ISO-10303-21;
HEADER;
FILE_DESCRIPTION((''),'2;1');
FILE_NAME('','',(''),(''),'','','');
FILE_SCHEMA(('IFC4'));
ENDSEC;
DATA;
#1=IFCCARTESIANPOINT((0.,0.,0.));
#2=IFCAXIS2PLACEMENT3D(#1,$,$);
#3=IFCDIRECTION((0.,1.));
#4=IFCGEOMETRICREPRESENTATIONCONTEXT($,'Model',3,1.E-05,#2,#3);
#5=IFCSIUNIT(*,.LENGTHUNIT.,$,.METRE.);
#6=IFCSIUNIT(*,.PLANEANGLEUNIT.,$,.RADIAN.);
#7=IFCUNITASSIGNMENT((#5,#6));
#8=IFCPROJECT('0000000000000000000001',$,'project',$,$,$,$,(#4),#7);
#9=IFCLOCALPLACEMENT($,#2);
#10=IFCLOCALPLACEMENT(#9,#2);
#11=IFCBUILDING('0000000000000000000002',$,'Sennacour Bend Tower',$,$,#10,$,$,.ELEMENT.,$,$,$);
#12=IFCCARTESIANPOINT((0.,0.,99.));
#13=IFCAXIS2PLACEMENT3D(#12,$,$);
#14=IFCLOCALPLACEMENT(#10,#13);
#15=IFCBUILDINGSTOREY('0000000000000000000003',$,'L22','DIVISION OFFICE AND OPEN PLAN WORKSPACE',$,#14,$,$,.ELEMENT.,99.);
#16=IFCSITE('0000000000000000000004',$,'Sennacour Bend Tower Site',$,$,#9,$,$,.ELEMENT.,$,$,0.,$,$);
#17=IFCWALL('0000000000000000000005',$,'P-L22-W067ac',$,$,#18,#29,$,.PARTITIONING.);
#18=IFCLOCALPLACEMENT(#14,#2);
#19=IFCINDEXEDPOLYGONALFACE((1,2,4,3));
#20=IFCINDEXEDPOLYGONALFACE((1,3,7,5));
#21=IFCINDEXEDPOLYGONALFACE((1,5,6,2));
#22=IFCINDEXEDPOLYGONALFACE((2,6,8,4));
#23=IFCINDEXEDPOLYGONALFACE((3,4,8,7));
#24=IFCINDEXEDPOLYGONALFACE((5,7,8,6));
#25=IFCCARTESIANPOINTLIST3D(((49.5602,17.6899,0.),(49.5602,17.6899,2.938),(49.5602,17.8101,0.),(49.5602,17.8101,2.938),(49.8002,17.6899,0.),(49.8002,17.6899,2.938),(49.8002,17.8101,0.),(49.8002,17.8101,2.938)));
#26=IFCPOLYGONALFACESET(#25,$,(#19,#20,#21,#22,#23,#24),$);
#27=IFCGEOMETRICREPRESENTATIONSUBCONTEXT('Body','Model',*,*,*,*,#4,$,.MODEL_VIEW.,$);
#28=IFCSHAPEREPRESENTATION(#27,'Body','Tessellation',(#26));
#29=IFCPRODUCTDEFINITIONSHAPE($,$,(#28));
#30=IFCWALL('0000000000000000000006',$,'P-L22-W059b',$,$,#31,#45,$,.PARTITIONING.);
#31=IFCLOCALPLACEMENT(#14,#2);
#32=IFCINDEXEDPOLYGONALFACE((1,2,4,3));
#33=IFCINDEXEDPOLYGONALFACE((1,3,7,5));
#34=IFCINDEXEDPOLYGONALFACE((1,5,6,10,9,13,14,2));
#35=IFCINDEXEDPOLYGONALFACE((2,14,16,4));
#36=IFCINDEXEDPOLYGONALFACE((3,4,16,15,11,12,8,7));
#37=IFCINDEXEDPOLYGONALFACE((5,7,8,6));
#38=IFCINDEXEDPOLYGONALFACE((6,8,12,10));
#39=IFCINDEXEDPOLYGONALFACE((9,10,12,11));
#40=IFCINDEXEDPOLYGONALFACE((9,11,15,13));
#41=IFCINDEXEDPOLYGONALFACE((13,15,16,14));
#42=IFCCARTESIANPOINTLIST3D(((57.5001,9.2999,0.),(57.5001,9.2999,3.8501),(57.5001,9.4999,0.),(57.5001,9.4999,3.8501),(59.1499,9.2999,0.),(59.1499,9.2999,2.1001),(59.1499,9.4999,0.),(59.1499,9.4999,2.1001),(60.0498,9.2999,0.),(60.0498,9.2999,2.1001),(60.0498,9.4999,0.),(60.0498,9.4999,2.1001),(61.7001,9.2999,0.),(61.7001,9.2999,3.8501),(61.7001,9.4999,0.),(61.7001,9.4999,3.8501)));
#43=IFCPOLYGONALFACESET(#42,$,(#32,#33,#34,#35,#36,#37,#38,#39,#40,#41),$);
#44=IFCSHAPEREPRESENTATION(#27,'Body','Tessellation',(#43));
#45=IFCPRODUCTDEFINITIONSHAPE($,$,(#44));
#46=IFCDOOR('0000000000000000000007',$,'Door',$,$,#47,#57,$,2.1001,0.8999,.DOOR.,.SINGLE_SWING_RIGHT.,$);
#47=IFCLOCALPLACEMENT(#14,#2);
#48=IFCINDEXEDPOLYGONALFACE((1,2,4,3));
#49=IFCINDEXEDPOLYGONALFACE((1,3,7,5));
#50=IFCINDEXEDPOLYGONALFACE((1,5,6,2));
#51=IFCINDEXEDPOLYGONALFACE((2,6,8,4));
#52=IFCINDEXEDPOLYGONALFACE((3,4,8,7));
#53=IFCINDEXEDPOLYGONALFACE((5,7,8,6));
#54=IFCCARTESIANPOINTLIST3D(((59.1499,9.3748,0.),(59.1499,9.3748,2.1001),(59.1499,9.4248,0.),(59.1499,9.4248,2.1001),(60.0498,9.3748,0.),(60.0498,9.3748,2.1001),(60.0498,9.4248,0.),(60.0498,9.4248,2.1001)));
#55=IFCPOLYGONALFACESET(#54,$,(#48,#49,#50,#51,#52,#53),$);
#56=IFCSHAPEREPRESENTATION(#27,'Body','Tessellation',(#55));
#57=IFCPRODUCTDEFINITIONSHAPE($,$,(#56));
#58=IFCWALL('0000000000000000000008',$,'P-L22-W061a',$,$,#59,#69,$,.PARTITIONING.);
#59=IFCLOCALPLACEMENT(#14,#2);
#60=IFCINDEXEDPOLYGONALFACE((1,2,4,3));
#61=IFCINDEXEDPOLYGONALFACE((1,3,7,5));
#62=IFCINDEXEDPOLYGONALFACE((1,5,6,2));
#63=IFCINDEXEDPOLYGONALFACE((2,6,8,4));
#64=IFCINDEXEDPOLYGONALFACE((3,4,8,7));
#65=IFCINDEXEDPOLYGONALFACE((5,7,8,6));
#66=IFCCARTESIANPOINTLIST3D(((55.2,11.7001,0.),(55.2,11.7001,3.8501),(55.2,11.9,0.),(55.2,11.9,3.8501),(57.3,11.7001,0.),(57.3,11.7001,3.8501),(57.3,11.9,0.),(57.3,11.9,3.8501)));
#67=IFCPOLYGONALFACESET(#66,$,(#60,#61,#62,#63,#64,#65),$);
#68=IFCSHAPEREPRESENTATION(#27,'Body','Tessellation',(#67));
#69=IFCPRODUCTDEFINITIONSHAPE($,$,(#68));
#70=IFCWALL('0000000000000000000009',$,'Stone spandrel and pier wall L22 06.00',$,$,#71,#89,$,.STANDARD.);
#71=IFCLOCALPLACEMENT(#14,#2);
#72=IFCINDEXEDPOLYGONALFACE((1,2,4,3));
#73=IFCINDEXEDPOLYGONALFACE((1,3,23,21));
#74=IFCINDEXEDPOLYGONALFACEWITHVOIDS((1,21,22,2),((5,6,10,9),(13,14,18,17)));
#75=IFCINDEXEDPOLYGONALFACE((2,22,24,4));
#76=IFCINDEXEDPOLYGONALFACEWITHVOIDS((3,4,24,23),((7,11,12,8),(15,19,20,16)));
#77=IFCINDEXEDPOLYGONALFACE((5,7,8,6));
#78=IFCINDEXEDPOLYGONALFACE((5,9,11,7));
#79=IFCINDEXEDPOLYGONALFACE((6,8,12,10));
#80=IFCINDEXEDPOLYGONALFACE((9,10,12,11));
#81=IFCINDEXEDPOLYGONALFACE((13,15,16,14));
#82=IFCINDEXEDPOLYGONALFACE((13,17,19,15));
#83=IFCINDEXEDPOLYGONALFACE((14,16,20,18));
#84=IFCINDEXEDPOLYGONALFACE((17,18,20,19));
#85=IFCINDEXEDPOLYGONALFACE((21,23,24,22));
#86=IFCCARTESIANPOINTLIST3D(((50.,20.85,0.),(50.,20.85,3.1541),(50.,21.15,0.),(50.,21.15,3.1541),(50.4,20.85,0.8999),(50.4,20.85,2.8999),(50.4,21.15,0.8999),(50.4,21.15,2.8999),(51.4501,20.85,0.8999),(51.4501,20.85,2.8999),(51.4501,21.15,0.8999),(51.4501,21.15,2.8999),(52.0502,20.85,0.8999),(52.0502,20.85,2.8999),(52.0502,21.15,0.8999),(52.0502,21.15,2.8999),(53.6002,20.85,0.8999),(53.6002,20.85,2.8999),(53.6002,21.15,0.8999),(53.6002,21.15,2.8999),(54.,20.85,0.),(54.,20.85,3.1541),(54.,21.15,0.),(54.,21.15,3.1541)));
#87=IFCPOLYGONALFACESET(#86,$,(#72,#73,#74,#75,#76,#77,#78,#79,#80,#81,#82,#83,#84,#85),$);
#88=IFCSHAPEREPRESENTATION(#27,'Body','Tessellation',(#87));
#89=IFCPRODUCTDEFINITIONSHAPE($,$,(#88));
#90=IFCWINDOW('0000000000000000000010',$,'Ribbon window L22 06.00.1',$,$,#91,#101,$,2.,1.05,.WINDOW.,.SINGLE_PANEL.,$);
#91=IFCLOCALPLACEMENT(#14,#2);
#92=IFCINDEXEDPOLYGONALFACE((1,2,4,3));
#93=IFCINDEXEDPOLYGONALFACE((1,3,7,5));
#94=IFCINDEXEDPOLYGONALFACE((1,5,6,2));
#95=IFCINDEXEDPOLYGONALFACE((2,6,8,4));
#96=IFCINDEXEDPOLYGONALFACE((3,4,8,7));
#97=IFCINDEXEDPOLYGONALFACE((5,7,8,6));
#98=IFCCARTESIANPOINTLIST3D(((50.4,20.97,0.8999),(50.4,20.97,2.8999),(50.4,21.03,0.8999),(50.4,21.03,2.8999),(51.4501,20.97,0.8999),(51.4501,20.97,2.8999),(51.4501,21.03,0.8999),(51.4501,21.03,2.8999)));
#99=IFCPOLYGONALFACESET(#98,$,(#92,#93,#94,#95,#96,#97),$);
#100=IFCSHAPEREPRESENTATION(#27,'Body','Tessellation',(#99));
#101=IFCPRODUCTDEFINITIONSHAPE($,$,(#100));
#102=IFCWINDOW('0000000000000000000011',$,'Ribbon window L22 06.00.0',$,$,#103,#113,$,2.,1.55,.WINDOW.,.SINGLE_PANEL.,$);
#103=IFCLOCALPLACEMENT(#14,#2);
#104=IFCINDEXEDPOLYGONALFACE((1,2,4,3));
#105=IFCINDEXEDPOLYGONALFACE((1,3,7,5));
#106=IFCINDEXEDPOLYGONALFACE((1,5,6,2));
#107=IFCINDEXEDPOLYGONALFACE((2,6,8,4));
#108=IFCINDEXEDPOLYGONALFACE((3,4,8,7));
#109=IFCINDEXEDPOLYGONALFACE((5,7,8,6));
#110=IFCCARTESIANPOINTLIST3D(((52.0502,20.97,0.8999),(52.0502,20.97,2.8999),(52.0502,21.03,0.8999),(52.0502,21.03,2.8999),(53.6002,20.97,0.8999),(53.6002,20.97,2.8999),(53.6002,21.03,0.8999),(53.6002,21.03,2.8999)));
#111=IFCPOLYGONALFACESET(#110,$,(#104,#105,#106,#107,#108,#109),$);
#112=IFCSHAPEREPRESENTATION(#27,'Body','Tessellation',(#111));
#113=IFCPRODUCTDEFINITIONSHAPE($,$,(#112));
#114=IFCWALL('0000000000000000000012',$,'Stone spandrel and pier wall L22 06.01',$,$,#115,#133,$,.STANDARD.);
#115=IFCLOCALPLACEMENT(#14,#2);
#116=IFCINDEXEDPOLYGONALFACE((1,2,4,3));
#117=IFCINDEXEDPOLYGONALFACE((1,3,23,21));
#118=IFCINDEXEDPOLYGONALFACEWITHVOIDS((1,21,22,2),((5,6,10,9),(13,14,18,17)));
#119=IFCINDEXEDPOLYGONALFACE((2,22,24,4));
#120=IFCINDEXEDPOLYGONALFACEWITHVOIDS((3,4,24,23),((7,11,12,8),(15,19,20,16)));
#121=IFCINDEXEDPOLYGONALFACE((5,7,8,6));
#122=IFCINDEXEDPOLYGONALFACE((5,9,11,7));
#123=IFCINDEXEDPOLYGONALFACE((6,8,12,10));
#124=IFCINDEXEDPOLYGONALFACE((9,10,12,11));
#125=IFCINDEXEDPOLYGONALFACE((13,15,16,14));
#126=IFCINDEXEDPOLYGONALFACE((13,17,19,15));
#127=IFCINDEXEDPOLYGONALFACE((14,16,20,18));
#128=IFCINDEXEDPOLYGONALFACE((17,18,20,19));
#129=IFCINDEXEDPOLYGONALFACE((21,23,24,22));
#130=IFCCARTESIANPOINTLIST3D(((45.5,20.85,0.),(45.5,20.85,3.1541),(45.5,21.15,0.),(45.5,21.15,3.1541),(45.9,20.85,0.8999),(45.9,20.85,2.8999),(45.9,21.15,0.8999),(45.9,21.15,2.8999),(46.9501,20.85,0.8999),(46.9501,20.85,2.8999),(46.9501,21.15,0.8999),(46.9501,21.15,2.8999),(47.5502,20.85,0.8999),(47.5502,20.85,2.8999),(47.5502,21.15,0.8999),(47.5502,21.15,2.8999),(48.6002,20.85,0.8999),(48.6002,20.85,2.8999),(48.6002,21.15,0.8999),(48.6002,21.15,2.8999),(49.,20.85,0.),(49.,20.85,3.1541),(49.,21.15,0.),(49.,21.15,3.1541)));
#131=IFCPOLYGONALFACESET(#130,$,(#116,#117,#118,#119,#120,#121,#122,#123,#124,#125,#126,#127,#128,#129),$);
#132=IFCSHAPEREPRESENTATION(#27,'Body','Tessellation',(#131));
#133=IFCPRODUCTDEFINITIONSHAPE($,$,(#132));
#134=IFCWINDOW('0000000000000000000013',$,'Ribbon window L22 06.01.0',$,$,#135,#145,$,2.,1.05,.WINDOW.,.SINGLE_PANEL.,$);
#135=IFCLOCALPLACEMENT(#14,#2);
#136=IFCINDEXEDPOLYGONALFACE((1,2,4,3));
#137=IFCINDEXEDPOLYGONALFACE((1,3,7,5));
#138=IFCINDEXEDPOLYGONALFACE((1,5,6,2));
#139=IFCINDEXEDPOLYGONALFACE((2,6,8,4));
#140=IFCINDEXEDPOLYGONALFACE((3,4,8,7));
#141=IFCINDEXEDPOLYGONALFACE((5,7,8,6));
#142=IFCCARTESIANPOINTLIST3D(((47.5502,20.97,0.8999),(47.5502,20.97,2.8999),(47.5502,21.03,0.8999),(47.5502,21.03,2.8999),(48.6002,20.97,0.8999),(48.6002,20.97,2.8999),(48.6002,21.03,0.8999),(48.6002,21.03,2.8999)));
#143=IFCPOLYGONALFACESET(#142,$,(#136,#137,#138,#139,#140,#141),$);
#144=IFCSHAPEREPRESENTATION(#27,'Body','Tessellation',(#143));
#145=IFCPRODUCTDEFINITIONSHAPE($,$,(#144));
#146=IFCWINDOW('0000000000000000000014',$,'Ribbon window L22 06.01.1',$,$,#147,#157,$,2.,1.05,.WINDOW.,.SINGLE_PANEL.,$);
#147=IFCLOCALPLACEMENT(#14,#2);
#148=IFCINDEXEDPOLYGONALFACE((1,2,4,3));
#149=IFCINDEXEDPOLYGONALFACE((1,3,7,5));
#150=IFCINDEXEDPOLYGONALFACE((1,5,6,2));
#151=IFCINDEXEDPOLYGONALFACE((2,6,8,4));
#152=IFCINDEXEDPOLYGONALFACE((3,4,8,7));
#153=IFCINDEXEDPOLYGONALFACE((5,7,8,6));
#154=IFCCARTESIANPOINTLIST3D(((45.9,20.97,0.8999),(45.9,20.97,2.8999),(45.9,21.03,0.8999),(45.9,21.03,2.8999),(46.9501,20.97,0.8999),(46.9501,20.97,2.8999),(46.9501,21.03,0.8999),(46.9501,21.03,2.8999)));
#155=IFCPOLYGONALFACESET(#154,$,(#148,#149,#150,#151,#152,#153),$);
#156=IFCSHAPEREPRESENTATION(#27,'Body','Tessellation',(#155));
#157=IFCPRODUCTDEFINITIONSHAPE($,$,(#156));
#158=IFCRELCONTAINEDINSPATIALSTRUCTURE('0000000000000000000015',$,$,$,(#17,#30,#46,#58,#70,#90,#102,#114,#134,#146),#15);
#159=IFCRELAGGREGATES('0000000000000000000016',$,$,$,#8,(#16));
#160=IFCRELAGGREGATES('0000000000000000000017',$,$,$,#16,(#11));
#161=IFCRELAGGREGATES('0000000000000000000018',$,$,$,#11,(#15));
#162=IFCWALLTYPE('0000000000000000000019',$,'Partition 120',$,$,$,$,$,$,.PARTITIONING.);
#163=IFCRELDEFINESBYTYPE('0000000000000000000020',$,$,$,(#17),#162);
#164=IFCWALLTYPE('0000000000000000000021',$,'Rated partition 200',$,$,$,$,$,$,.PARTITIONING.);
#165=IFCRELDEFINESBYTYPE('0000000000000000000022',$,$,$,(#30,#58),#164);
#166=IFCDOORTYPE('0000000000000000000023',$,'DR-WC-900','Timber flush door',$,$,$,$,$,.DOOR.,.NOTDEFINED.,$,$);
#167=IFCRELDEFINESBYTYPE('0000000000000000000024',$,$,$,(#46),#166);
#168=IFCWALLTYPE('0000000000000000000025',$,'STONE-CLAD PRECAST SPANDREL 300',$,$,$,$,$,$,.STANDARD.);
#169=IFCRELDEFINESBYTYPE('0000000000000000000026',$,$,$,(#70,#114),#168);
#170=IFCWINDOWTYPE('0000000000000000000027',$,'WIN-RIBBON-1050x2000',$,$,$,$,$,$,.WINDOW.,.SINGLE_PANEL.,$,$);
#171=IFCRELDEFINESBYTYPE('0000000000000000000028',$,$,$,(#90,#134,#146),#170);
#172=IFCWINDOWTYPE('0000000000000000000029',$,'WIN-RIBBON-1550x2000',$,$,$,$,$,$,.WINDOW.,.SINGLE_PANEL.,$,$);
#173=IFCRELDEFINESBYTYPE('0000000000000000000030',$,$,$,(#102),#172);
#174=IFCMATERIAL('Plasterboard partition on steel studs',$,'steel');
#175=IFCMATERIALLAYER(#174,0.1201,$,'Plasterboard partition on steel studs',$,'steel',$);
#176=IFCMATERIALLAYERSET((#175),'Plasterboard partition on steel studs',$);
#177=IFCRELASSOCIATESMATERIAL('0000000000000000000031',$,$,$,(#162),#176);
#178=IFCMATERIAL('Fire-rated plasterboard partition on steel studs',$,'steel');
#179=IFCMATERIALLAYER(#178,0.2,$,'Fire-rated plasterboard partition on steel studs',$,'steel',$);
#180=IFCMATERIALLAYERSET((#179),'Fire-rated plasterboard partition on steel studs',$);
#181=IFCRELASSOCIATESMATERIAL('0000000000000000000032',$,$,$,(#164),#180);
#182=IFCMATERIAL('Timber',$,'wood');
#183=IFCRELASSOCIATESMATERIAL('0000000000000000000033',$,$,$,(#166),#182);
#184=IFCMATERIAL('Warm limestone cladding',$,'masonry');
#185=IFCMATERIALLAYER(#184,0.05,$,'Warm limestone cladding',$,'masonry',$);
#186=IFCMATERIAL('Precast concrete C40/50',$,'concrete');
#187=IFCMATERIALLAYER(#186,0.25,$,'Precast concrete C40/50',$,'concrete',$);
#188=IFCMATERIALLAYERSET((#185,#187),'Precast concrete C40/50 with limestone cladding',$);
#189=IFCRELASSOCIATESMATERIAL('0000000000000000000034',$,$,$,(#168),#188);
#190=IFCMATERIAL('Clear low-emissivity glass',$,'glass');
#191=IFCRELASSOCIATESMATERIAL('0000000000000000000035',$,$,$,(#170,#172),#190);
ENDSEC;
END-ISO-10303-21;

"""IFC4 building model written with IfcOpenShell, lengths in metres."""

from ifc_helpers import new_model, si_unit, direction, frame, frame_2d, origin, place, context, subcontext, project, spatial, rectangle, extrude, material, layer, layer_set, type_object, element, fill, save


model = new_model("IFC4")

# Units and contexts
model_context = context("Model", 3, precision=1e-05, world=origin(), true_north=direction((0.0, 1.0)))
body_context = subcontext(model_context, "Body", "Model", "MODEL_VIEW")
ifc_project = project(units=[si_unit("LENGTHUNIT", "METRE"), si_unit("PLANEANGLEUNIT", "RADIAN")], contexts=[model_context])

# Site, building, storey
site_placement = place(None, origin())
site = spatial("IfcSite", under=ifc_project, at=site_placement, Name="Sennacour Bend Tower Site", CompositionType="ELEMENT", RefElevation=0.0)
building_placement = place(site_placement, origin())
building = spatial("IfcBuilding", under=site, at=building_placement, Name="Sennacour Bend Tower", CompositionType="ELEMENT")
storey_placement = place(building_placement, frame((0.0, 0.0, 99.0)))
storey = spatial("IfcBuildingStorey", under=building, at=storey_placement, Name="L22", Description="DIVISION OFFICE AND OPEN PLAN WORKSPACE", CompositionType="ELEMENT", Elevation=99.0)

# Wall
ifc_material_1 = material(Name="Plasterboard partition on steel studs", Category="steel")
ifc_layer_1 = layer(ifc_material_1, 0.1201, Name="Plasterboard partition on steel studs", Category="steel")
ifc_layer_set_1 = layer_set([ifc_layer_1], Name="Plasterboard partition on steel studs")
wall_type_1 = type_object("IfcWallType", Name="Partition 120", PredefinedType="PARTITIONING", material=ifc_layer_set_1)
wall_1_placement = place(storey_placement, frame((49.5601, 17.75, 0.0), z_axis=(0.0, 0.0, 1.0), x_axis=(1.0, 0.0, 0.0)))
element("IfcWall", 1, at=wall_1_placement, inside=storey, type_object=wall_type_1, Name="P-L22-W067ac", PredefinedType="PARTITIONING", context=body_context, shape_type="SweptSolid", body=[
    extrude(rectangle(XDim=0.24, YDim=0.1201, at=frame_2d((0.1201, 0.0))), origin(), (0.0, 0.0, 1.0), 2.938),
])

# Wall, opening, door
ifc_material_2 = material(Name="Fire-rated plasterboard partition on steel studs", Category="steel")
ifc_layer_2 = layer(ifc_material_2, 0.2, Name="Fire-rated plasterboard partition on steel studs", Category="steel")
ifc_layer_set_2 = layer_set([ifc_layer_2], Name="Fire-rated plasterboard partition on steel studs")
wall_type_2 = type_object("IfcWallType", Name="Rated partition 200", PredefinedType="PARTITIONING", material=ifc_layer_set_2)
wall_2_placement = place(storey_placement, frame((57.5, 9.3999, 0.0), z_axis=(0.0, 0.0, 1.0), x_axis=(1.0, 0.0, 0.0)))
wall_2 = element("IfcWall", 2, at=wall_2_placement, inside=storey, type_object=wall_type_2, Name="P-L22-W059b", PredefinedType="PARTITIONING", context=body_context, shape_type="SweptSolid", body=[
    extrude(rectangle(XDim=4.2, YDim=0.2, at=frame_2d((2.1001, 0.0))), origin(), (0.0, 0.0, 1.0), 3.8501),
])
opening_1_placement = place(wall_2_placement, frame((1.6499, 0.0, 0.0)))
opening_1 = element("IfcOpeningElement", 3, at=opening_1_placement, cuts=wall_2, PredefinedType="OPENING", context=body_context, shape_type="SweptSolid", body=[
    extrude(rectangle(XDim=0.8999, YDim=2.1001, at=frame_2d((0.45, 1.05))), frame((0.0, 0.1099, 0.0), z_axis=(0.0, -1.0, 0.0), x_axis=(1.0, 0.0, 0.0)), (0.0, 0.0, 1.0), 0.22),
])
ifc_material_3 = material(Name="Timber", Category="wood")
door_type_1 = type_object("IfcDoorType", Name="DR-WC-900", Description="Timber flush door", OperationType="NOTDEFINED", PredefinedType="DOOR", material=ifc_material_3)
door_1_placement = place(opening_1_placement, origin())
door_1 = element("IfcDoor", 4, at=door_1_placement, inside=storey, type_object=door_type_1, Name="Door", OperationType="SINGLE_SWING_RIGHT", OverallHeight=2.1001, OverallWidth=0.8999, PredefinedType="DOOR", context=body_context, shape_type="SweptSolid", body=[
    extrude(rectangle(XDim=0.8999, YDim=2.1001, at=frame_2d((0.45, 1.05))), frame((0.0, 0.0249, 0.0), z_axis=(0.0, -1.0, 0.0), x_axis=(1.0, 0.0, 0.0)), (0.0, 0.0, 1.0), 0.05),
])
fill(opening_1, door_1)

# Wall
wall_3_placement = place(storey_placement, frame((55.2, 11.8, 0.0), z_axis=(0.0, 0.0, 1.0), x_axis=(1.0, 0.0, 0.0)))
element("IfcWall", 5, at=wall_3_placement, inside=storey, type_object=wall_type_2, Name="P-L22-W061a", PredefinedType="PARTITIONING", context=body_context, shape_type="SweptSolid", body=[
    extrude(rectangle(XDim=2.1001, YDim=0.2, at=frame_2d((1.05, 0.0))), origin(), (0.0, 0.0, 1.0), 3.8501),
])

# Walls, openings, windows
ifc_material_4 = material(Name="Warm limestone cladding", Category="masonry")
ifc_layer_3 = layer(ifc_material_4, 0.05, Name="Warm limestone cladding", Category="masonry")
ifc_material_5 = material(Name="Precast concrete C40/50", Category="concrete")
ifc_layer_4 = layer(ifc_material_5, 0.25, Name="Precast concrete C40/50", Category="concrete")
ifc_layer_set_3 = layer_set([ifc_layer_3, ifc_layer_4], Name="Precast concrete C40/50 with limestone cladding")
wall_type_3 = type_object("IfcWallType", Name="STONE-CLAD PRECAST SPANDREL 300", PredefinedType="STANDARD", material=ifc_layer_set_3)
wall_4_placement = place(storey_placement, frame((54.0, 21.0, 0.0), z_axis=(0.0, 0.0, 1.0), x_axis=(-1.0, 0.0, 0.0)))
wall_4 = element("IfcWall", 6, at=wall_4_placement, inside=storey, type_object=wall_type_3, Name="Stone spandrel and pier wall L22 06.00", PredefinedType="STANDARD", context=body_context, shape_type="SweptSolid", body=[
    extrude(rectangle(XDim=4.0, YDim=0.3, at=frame_2d((2.0, 0.0))), origin(), (0.0, 0.0, 1.0), 3.1541),
])
opening_2_placement = place(wall_4_placement, frame((0.3999, 0.0, 0.8999)))
opening_2 = element("IfcOpeningElement", 7, at=opening_2_placement, cuts=wall_4, PredefinedType="OPENING", context=body_context, shape_type="SweptSolid", body=[
    extrude(rectangle(XDim=1.55, YDim=2.0, at=frame_2d((0.7749, 1.0))), frame((0.0, 0.1602, 0.0), z_axis=(0.0, -1.0, 0.0), x_axis=(1.0, 0.0, 0.0)), (0.0, 0.0, 1.0), 0.3201),
])
opening_3_placement = place(wall_4_placement, frame((2.55, 0.0, 0.8999)))
opening_3 = element("IfcOpeningElement", 8, at=opening_3_placement, cuts=wall_4, PredefinedType="OPENING", context=body_context, shape_type="SweptSolid", body=[
    extrude(rectangle(XDim=1.05, YDim=2.0, at=frame_2d((0.5249, 1.0))), frame((0.0, 0.1602, 0.0), z_axis=(0.0, -1.0, 0.0), x_axis=(1.0, 0.0, 0.0)), (0.0, 0.0, 1.0), 0.3201),
])
ifc_material_6 = material(Name="Clear low-emissivity glass", Category="glass")
window_type_1 = type_object("IfcWindowType", Name="WIN-RIBBON-1050x2000", PartitioningType="SINGLE_PANEL", PredefinedType="WINDOW", material=ifc_material_6)
window_1_placement = place(opening_3_placement, origin())
window_1 = element("IfcWindow", 9, at=window_1_placement, inside=storey, type_object=window_type_1, Name="Ribbon window L22 06.00.1", OverallHeight=2.0, OverallWidth=1.05, PartitioningType="SINGLE_PANEL", PredefinedType="WINDOW", context=body_context, shape_type="SweptSolid", body=[
    extrude(rectangle(XDim=1.05, YDim=2.0, at=frame_2d((0.5249, 1.0))), frame((0.0, 0.03, 0.0), z_axis=(0.0, -1.0, 0.0), x_axis=(1.0, 0.0, 0.0)), (0.0, 0.0, 1.0), 0.0601),
])
fill(opening_3, window_1)
window_type_2 = type_object("IfcWindowType", Name="WIN-RIBBON-1550x2000", PartitioningType="SINGLE_PANEL", PredefinedType="WINDOW", material=ifc_material_6)
window_2_placement = place(opening_2_placement, origin())
window_2 = element("IfcWindow", 10, at=window_2_placement, inside=storey, type_object=window_type_2, Name="Ribbon window L22 06.00.0", OverallHeight=2.0, OverallWidth=1.55, PartitioningType="SINGLE_PANEL", PredefinedType="WINDOW", context=body_context, shape_type="SweptSolid", body=[
    extrude(rectangle(XDim=1.55, YDim=2.0, at=frame_2d((0.7749, 1.0))), frame((0.0, 0.03, 0.0), z_axis=(0.0, -1.0, 0.0), x_axis=(1.0, 0.0, 0.0)), (0.0, 0.0, 1.0), 0.0601),
])
fill(opening_2, window_2)
wall_5_placement = place(storey_placement, frame((49.0, 21.0, 0.0), z_axis=(0.0, 0.0, 1.0), x_axis=(-1.0, 0.0, 0.0)))
wall_5 = element("IfcWall", 11, at=wall_5_placement, inside=storey, type_object=wall_type_3, Name="Stone spandrel and pier wall L22 06.01", PredefinedType="STANDARD", context=body_context, shape_type="SweptSolid", body=[
    extrude(rectangle(XDim=3.5, YDim=0.3, at=frame_2d((1.75, 0.0))), origin(), (0.0, 0.0, 1.0), 3.1541),
])
opening_4_placement = place(wall_5_placement, frame((0.3999, 0.0, 0.8999)))
opening_4 = element("IfcOpeningElement", 12, at=opening_4_placement, cuts=wall_5, PredefinedType="OPENING", context=body_context, shape_type="SweptSolid", body=[
    extrude(rectangle(XDim=1.05, YDim=2.0, at=frame_2d((0.5249, 1.0))), frame((0.0, 0.1602, 0.0), z_axis=(0.0, -1.0, 0.0), x_axis=(1.0, 0.0, 0.0)), (0.0, 0.0, 1.0), 0.3201),
])
opening_5_placement = place(wall_5_placement, frame((2.05, 0.0, 0.8999)))
opening_5 = element("IfcOpeningElement", 13, at=opening_5_placement, cuts=wall_5, PredefinedType="OPENING", context=body_context, shape_type="SweptSolid", body=[
    extrude(rectangle(XDim=1.05, YDim=2.0, at=frame_2d((0.5249, 1.0))), frame((0.0, 0.1602, 0.0), z_axis=(0.0, -1.0, 0.0), x_axis=(1.0, 0.0, 0.0)), (0.0, 0.0, 1.0), 0.3201),
])
window_3_placement = place(opening_4_placement, origin())
window_3 = element("IfcWindow", 14, at=window_3_placement, inside=storey, type_object=window_type_1, Name="Ribbon window L22 06.01.0", OverallHeight=2.0, OverallWidth=1.05, PartitioningType="SINGLE_PANEL", PredefinedType="WINDOW", context=body_context, shape_type="SweptSolid", body=[
    extrude(rectangle(XDim=1.05, YDim=2.0, at=frame_2d((0.5249, 1.0))), frame((0.0, 0.03, 0.0), z_axis=(0.0, -1.0, 0.0), x_axis=(1.0, 0.0, 0.0)), (0.0, 0.0, 1.0), 0.0601),
])
fill(opening_4, window_3)
window_4_placement = place(opening_5_placement, origin())
window_4 = element("IfcWindow", 15, at=window_4_placement, inside=storey, type_object=window_type_1, Name="Ribbon window L22 06.01.1", OverallHeight=2.0, OverallWidth=1.05, PartitioningType="SINGLE_PANEL", PredefinedType="WINDOW", context=body_context, shape_type="SweptSolid", body=[
    extrude(rectangle(XDim=1.05, YDim=2.0, at=frame_2d((0.5249, 1.0))), frame((0.0, 0.03, 0.0), z_axis=(0.0, -1.0, 0.0), x_axis=(1.0, 0.0, 0.0)), (0.0, 0.0, 1.0), 0.0601),
])
fill(opening_5, window_4)

save(model, "model.ifc")
